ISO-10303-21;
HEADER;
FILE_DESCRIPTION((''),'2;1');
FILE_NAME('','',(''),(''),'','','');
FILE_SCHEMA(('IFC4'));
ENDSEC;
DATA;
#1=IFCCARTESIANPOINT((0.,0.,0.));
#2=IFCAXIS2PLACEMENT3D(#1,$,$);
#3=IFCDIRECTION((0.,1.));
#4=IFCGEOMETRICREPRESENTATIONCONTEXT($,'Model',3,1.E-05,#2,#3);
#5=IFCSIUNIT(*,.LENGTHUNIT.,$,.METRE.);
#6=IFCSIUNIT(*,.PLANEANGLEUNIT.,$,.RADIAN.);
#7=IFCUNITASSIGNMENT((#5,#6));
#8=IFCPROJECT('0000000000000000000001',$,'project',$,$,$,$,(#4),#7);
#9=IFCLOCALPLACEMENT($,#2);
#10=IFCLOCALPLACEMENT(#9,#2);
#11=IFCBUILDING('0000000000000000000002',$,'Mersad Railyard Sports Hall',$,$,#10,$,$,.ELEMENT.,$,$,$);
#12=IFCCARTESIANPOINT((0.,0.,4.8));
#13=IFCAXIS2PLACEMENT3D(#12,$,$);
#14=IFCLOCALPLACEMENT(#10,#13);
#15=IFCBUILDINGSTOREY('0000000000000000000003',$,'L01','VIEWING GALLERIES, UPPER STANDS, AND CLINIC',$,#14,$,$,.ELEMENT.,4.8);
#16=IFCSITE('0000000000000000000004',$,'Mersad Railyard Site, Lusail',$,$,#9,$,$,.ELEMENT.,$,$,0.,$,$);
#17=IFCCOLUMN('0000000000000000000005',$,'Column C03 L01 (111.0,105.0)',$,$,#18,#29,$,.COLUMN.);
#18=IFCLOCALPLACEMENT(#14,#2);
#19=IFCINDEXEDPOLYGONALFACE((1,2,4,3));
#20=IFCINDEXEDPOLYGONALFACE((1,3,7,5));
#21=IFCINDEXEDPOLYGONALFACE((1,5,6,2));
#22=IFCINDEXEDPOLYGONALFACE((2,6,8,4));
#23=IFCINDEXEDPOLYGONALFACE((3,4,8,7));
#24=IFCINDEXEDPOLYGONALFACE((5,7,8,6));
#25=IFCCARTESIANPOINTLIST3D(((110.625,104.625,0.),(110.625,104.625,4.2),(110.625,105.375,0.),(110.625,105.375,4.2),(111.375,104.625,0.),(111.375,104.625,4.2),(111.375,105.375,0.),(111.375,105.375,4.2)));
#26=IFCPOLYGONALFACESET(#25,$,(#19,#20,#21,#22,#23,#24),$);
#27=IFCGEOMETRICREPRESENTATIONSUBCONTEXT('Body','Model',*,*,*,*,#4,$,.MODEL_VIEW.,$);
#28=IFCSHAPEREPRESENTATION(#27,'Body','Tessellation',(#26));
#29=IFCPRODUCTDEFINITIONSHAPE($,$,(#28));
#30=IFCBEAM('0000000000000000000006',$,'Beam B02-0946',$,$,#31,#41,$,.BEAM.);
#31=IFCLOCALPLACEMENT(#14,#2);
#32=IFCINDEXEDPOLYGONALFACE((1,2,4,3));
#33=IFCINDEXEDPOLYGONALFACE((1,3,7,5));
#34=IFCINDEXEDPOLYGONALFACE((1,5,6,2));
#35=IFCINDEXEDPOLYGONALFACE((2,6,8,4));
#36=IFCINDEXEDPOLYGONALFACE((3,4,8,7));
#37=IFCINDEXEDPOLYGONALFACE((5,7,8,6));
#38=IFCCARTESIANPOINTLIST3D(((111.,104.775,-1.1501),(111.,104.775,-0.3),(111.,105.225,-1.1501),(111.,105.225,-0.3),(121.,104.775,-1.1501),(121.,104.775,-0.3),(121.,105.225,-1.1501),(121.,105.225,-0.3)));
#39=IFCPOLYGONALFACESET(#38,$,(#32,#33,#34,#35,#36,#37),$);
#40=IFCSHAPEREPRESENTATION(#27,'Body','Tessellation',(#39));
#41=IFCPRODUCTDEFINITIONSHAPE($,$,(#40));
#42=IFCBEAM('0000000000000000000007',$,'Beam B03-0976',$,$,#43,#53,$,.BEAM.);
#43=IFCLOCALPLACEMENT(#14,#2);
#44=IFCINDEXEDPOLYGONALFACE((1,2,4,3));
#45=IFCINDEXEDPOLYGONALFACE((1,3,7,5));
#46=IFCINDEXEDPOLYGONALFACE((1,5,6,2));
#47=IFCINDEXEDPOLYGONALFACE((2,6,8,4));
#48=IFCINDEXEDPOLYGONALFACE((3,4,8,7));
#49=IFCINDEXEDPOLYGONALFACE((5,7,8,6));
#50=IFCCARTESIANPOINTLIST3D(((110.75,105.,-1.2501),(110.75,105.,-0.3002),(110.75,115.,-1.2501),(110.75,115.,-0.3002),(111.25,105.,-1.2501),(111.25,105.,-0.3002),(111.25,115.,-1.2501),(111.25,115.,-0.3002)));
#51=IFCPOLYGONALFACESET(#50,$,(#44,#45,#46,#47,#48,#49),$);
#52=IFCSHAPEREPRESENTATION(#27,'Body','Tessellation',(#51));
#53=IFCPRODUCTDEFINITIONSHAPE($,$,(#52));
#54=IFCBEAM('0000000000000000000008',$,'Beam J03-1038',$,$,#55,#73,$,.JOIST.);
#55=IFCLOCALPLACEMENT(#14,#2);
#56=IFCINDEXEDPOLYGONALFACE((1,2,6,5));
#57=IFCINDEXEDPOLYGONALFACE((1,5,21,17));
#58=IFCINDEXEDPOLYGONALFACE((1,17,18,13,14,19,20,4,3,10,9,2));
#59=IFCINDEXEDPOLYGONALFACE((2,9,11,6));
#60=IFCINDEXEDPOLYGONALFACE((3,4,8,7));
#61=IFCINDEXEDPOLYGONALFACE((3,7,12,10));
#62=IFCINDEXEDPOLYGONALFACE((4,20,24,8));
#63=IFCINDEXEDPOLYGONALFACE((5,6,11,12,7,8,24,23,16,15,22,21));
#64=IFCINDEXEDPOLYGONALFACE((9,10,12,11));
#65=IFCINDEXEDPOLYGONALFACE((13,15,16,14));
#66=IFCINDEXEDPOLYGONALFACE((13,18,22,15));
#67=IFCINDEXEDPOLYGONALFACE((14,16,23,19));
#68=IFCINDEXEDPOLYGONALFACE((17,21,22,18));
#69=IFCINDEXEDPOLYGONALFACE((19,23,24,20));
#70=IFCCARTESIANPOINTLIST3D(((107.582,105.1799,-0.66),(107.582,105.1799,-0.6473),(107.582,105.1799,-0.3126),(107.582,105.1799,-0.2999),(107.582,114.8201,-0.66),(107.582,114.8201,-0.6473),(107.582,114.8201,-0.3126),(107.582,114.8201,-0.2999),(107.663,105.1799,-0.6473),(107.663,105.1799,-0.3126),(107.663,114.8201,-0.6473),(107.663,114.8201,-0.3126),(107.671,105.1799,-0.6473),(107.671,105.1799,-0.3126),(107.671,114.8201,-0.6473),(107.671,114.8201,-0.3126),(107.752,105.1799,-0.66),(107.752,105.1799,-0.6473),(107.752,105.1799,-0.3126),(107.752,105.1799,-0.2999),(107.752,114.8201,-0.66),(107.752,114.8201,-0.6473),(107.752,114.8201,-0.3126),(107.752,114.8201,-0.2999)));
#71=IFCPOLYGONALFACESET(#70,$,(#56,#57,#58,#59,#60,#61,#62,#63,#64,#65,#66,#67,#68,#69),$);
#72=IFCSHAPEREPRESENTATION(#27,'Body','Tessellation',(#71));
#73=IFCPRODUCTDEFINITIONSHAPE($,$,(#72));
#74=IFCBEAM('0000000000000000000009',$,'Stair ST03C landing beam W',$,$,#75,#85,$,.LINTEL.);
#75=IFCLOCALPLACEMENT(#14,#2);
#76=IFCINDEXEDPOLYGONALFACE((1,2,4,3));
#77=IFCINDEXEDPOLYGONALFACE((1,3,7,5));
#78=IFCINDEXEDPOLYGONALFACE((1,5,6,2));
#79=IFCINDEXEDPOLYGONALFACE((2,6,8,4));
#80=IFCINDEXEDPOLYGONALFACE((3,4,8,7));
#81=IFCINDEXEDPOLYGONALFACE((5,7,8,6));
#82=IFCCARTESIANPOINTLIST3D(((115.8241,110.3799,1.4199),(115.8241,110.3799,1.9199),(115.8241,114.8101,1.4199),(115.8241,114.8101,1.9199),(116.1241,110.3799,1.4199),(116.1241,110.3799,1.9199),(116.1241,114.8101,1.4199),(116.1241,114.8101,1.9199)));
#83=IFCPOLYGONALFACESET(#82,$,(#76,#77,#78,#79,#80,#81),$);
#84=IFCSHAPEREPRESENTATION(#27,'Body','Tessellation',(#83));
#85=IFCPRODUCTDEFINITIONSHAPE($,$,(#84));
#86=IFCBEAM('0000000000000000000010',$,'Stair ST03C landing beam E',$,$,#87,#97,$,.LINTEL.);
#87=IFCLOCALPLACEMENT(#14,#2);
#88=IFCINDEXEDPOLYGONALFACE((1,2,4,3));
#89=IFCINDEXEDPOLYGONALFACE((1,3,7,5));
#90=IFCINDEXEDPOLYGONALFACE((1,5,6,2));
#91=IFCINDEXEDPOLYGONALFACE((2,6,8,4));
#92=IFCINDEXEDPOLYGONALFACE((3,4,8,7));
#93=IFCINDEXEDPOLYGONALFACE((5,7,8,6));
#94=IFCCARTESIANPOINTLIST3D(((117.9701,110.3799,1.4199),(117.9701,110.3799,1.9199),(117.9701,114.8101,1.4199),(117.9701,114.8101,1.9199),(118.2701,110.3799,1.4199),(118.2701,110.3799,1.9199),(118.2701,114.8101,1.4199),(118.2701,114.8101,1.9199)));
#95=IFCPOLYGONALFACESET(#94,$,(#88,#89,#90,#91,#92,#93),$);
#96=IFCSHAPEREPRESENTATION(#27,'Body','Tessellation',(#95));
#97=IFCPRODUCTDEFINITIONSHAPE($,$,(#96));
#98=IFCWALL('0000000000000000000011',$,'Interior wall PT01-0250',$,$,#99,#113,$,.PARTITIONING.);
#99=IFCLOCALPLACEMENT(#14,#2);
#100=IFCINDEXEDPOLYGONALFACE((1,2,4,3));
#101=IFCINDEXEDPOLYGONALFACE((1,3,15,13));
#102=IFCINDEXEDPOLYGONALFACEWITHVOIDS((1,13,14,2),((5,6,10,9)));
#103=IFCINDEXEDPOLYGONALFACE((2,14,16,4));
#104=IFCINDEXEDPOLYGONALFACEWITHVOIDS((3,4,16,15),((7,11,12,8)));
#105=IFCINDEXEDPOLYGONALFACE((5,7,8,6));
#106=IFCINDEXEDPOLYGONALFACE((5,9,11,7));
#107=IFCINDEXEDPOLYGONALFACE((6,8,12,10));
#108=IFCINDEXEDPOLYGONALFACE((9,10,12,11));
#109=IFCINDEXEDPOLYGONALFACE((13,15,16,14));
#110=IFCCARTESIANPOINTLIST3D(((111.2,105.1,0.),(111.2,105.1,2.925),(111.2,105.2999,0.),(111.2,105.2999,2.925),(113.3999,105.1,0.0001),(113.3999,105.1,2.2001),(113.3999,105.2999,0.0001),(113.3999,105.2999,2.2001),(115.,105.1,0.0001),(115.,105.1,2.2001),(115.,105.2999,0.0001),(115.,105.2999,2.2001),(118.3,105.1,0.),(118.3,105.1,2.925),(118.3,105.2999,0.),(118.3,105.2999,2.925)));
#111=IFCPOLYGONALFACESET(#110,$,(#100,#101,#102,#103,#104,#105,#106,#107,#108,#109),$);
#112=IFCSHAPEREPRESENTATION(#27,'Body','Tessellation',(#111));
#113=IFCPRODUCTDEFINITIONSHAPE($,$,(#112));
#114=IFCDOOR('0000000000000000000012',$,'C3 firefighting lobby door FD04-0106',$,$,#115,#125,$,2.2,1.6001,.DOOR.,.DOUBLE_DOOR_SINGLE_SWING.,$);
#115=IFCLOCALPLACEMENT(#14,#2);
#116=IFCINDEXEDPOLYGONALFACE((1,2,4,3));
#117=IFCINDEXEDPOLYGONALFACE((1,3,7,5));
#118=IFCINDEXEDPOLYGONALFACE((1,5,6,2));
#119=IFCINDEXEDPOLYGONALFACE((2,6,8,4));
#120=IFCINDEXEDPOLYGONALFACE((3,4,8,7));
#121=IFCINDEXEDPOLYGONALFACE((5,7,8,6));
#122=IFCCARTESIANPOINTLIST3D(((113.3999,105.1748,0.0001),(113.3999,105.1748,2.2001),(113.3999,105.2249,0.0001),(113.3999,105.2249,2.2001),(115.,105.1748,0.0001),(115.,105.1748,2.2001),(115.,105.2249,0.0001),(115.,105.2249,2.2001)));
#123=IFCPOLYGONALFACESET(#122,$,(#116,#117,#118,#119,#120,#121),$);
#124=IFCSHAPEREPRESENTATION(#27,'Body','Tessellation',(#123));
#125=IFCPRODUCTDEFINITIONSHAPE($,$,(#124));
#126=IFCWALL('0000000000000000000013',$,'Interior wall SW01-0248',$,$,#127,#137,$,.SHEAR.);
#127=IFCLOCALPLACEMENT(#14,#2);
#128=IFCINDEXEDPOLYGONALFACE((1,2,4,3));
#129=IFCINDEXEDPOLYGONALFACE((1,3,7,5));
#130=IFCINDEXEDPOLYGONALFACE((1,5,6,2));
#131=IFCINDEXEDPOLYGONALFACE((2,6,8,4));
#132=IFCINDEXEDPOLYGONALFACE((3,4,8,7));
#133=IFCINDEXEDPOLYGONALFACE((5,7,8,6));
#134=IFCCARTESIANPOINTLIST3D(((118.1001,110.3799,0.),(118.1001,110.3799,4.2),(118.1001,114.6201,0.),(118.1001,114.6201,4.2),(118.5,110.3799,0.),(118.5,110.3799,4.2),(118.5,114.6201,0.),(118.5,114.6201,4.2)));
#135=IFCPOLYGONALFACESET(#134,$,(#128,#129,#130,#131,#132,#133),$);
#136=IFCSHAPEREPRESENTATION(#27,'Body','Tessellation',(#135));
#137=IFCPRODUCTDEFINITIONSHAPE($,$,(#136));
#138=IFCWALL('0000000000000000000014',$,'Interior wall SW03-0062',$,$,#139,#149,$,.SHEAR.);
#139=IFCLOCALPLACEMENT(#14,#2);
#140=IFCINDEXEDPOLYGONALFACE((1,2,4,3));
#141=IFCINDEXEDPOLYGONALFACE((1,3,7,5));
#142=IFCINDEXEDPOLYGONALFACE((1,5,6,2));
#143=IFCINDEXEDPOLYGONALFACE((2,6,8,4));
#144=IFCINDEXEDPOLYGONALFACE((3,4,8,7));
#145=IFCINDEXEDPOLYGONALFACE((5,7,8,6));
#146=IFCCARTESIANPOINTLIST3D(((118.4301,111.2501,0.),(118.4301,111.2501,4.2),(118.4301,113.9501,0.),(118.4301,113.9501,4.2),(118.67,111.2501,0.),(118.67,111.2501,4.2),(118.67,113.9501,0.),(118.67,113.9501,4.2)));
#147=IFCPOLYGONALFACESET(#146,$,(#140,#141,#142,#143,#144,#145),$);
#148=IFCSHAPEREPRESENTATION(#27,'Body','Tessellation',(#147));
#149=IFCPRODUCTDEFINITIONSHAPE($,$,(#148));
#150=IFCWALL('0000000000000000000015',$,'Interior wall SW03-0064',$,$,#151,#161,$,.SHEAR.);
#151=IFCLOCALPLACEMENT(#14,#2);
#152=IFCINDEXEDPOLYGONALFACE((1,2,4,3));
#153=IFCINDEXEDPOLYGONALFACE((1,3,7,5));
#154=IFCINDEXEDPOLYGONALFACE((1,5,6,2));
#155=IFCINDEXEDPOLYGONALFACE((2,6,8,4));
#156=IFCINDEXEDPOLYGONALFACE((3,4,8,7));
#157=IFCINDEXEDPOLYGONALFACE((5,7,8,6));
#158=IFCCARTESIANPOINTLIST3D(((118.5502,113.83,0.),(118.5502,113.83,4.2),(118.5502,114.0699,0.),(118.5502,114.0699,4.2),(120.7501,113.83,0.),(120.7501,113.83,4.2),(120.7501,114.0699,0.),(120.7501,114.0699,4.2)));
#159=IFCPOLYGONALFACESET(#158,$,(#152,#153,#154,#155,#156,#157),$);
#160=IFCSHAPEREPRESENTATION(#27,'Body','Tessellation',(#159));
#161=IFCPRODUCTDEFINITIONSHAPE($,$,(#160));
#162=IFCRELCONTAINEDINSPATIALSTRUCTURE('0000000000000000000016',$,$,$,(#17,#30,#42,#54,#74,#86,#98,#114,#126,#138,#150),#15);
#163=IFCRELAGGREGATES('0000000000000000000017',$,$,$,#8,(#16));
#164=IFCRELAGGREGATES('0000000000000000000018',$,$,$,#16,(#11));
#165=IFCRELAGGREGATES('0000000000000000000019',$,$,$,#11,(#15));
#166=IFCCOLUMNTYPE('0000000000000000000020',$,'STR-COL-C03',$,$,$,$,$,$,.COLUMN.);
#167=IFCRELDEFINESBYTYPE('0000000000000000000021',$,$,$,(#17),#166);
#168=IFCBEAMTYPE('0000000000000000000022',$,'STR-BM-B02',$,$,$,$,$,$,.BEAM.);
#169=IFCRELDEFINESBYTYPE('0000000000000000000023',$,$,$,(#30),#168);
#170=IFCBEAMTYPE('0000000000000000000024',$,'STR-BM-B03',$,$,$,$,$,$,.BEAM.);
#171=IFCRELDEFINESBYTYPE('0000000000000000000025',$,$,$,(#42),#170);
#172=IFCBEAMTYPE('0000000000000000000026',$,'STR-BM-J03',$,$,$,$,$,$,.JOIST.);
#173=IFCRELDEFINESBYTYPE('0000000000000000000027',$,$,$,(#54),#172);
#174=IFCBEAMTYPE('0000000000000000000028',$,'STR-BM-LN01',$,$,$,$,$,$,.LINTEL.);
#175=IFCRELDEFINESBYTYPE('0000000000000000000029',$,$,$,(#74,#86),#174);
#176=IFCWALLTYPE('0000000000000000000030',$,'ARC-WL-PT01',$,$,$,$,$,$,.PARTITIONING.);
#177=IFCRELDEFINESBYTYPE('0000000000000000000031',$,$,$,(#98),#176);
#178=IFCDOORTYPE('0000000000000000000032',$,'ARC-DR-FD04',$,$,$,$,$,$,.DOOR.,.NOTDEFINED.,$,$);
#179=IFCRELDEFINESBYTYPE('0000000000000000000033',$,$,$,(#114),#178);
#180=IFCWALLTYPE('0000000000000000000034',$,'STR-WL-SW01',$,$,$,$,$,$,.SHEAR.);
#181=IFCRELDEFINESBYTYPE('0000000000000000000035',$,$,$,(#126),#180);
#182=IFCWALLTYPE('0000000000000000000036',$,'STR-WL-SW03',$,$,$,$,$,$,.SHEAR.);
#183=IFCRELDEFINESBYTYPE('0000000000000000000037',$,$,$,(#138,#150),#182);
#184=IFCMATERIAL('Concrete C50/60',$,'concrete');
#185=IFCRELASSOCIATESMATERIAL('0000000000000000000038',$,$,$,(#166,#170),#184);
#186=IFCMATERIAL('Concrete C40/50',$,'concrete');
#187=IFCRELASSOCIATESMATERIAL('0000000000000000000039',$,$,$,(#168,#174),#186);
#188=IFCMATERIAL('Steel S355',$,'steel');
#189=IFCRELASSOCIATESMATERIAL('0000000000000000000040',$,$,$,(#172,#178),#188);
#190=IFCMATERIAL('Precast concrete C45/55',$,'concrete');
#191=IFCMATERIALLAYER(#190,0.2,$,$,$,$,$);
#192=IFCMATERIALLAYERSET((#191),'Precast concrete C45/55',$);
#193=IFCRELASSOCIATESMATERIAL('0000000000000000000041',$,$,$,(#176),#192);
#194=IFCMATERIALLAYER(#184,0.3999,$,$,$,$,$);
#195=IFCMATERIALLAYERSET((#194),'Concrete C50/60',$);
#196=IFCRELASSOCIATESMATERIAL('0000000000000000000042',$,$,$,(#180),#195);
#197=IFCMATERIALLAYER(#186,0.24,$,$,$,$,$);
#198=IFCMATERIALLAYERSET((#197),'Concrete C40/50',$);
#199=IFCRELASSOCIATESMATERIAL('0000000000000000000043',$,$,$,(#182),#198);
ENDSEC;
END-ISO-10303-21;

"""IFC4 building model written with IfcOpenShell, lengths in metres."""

from ifc_helpers import new_model, si_unit, direction, frame, frame_2d, origin, origin_2d, place, context, subcontext, project, spatial, rectangle, i_section, extrude, material, layer, layer_set, material_profile, profile_set, type_object, element, fill, save


model = new_model("IFC4")

# Units and contexts
model_context = context("Model", 3, precision=1e-05, world=origin(), true_north=direction((0.0, 1.0)))
body_context = subcontext(model_context, "Body", "Model", "MODEL_VIEW")
ifc_project = project(units=[si_unit("LENGTHUNIT", "METRE"), si_unit("PLANEANGLEUNIT", "RADIAN")], contexts=[model_context])

# Site, building, storey
site_placement = place(None, origin())
site = spatial("IfcSite", under=ifc_project, at=site_placement, Name="Mersad Railyard Site, Lusail", CompositionType="ELEMENT", RefElevation=0.0)
building_placement = place(site_placement, origin())
building = spatial("IfcBuilding", under=site, at=building_placement, Name="Mersad Railyard Sports Hall", CompositionType="ELEMENT")
storey_placement = place(building_placement, frame((0.0, 0.0, 4.8)))
storey = spatial("IfcBuildingStorey", under=building, at=storey_placement, Name="L01", Description="VIEWING GALLERIES, UPPER STANDS, AND CLINIC", CompositionType="ELEMENT", Elevation=4.8)

# Column
ifc_material_1 = material(Name="Concrete C50/60", Category="concrete")
ifc_material_profile_1 = material_profile(ifc_material_1, rectangle(XDim=0.75, YDim=0.75, at=origin_2d()), Name="RC 750x750")
ifc_profile_set_1 = profile_set([ifc_material_profile_1], Name="Concrete C50/60")
column_type = type_object("IfcColumnType", Name="STR-COL-C03", PredefinedType="COLUMN", material=ifc_profile_set_1)
column_placement = place(storey_placement, frame((111.0, 105.0, 0.0), z_axis=(0.0, 0.0, 1.0), x_axis=(1.0, 0.0, 0.0)))
element("IfcColumn", 1, at=column_placement, inside=storey, type_object=column_type, Name="Column C03 L01 (111.0,105.0)", PredefinedType="COLUMN", context=body_context, shape_type="SweptSolid", body=[
    extrude(rectangle(XDim=0.75, YDim=0.75, at=origin_2d()), origin(), (0.0, 0.0, 1.0), 4.2),
])

# Beams
ifc_material_2 = material(Name="Concrete C40/50", Category="concrete")
ifc_material_profile_2 = material_profile(ifc_material_2, rectangle(XDim=0.45, YDim=0.8501, at=origin_2d()), Name="RC 450x850")
ifc_profile_set_2 = profile_set([ifc_material_profile_2], Name="Concrete C40/50")
beam_type_1 = type_object("IfcBeamType", Name="STR-BM-B02", PredefinedType="BEAM", material=ifc_profile_set_2)
beam_1_placement = place(storey_placement, frame((111.0, 105.0, -0.7251), z_axis=(1.0, 0.0, 0.0), x_axis=(0.0, 1.0, 0.0)))
element("IfcBeam", 2, at=beam_1_placement, inside=storey, type_object=beam_type_1, Name="Beam B02-0946", PredefinedType="BEAM", context=body_context, shape_type="SweptSolid", body=[
    extrude(rectangle(XDim=0.45, YDim=0.8501, at=origin_2d()), origin(), (0.0, 0.0, 1.0), 10.0),
])
ifc_material_profile_3 = material_profile(ifc_material_1, rectangle(XDim=0.5, YDim=0.95, at=origin_2d()), Name="RC 500x950")
ifc_profile_set_3 = profile_set([ifc_material_profile_3], Name="Concrete C50/60")
beam_type_2 = type_object("IfcBeamType", Name="STR-BM-B03", PredefinedType="BEAM", material=ifc_profile_set_3)
beam_2_placement = place(storey_placement, frame((111.0, 105.0, -0.7751), z_axis=(0.0, 1.0, 0.0), x_axis=(-1.0, 0.0, 0.0)))
element("IfcBeam", 3, at=beam_2_placement, inside=storey, type_object=beam_type_2, Name="Beam B03-0976", PredefinedType="BEAM", context=body_context, shape_type="SweptSolid", body=[
    extrude(rectangle(XDim=0.5, YDim=0.95, at=origin_2d()), origin(), (0.0, 0.0, 1.0), 10.0),
])
ifc_material_3 = material(Name="Steel S355", Category="steel")
ifc_material_profile_4 = material_profile(ifc_material_3, i_section(OverallWidth=0.1699, OverallDepth=0.3601, WebThickness=0.0081, FlangeThickness=0.0127, at=origin_2d()), Name="IPE 360")
ifc_profile_set_4 = profile_set([ifc_material_profile_4], Name="Steel S355")
beam_type_3 = type_object("IfcBeamType", Name="STR-BM-J03", PredefinedType="JOIST", material=ifc_profile_set_4)
beam_3_placement = place(storey_placement, frame((107.667, 105.1799, -0.48), z_axis=(0.0, 1.0, 0.0), x_axis=(-1.0, 0.0, 0.0)))
element("IfcBeam", 4, at=beam_3_placement, inside=storey, type_object=beam_type_3, Name="Beam J03-1038", PredefinedType="JOIST", context=body_context, shape_type="SweptSolid", body=[
    extrude(i_section(OverallWidth=0.1699, OverallDepth=0.3601, WebThickness=0.0081, FlangeThickness=0.0127, at=origin_2d()), origin(), (0.0, 0.0, 1.0), 9.6401),
])
ifc_material_profile_5 = material_profile(ifc_material_2, rectangle(XDim=0.3, YDim=0.5, at=origin_2d()), Name="RC 300x500")
ifc_profile_set_5 = profile_set([ifc_material_profile_5], Name="Concrete C40/50")
beam_type_4 = type_object("IfcBeamType", Name="STR-BM-LN01", PredefinedType="LINTEL", material=ifc_profile_set_5)
for number, where, z_axis, x_axis, name in (
    (5, (115.9741, 110.3799, 1.6699), (0.0, 1.0, 0.0), (-1.0, 0.0, 0.0), "Stair ST03C landing beam W"),
    (6, (118.1201, 110.3799, 1.6699), (0.0, 1.0, 0.0), (-1.0, 0.0, 0.0), "Stair ST03C landing beam E"),
):
    element("IfcBeam", number, at=place(storey_placement, frame(where, z_axis=z_axis, x_axis=x_axis)), inside=storey, type_object=beam_type_4, Name=name, PredefinedType="LINTEL", context=body_context, shape_type="SweptSolid", body=[
        extrude(rectangle(XDim=0.3, YDim=0.5, at=origin_2d()), origin(), (0.0, 0.0, 1.0), 4.4302),
    ])

# Wall, opening, door
ifc_material_4 = material(Name="Precast concrete C45/55", Category="concrete")
ifc_layer_1 = layer(ifc_material_4, 0.2)
ifc_layer_set_1 = layer_set([ifc_layer_1], Name="Precast concrete C45/55")
wall_type_1 = type_object("IfcWallType", Name="ARC-WL-PT01", PredefinedType="PARTITIONING", material=ifc_layer_set_1)
wall_1_placement = place(storey_placement, frame((111.2, 105.2, 0.0), z_axis=(0.0, 0.0, 1.0), x_axis=(1.0, 0.0, 0.0)))
wall_1 = element("IfcWall", 7, at=wall_1_placement, inside=storey, type_object=wall_type_1, Name="Interior wall PT01-0250", PredefinedType="PARTITIONING", context=body_context, shape_type="SweptSolid", body=[
    extrude(rectangle(XDim=7.1001, YDim=0.2, at=frame_2d((3.55, 0.0))), origin(), (0.0, 0.0, 1.0), 2.925),
])
opening_1_placement = place(wall_1_placement, frame((2.2, 0.0, 0.0)))
opening_1 = element("IfcOpeningElement", 8, at=opening_1_placement, cuts=wall_1, PredefinedType="OPENING", context=body_context, shape_type="SweptSolid", body=[
    extrude(rectangle(XDim=1.6001, YDim=2.2, at=frame_2d((0.8, 1.1001))), frame((0.0, 0.1099, 0.0), z_axis=(0.0, -1.0, 0.0), x_axis=(1.0, 0.0, 0.0)), (0.0, 0.0, 1.0), 0.22),
])
door_type_1 = type_object("IfcDoorType", Name="ARC-DR-FD04", OperationType="NOTDEFINED", PredefinedType="DOOR", material=ifc_material_3)
door_1_placement = place(opening_1_placement, origin())
door_1 = element("IfcDoor", 9, at=door_1_placement, inside=storey, type_object=door_type_1, Name="C3 firefighting lobby door FD04-0106", OperationType="DOUBLE_DOOR_SINGLE_SWING", OverallHeight=2.2, OverallWidth=1.6001, PredefinedType="DOOR", context=body_context, shape_type="SweptSolid", body=[
    extrude(rectangle(XDim=1.6001, YDim=2.2, at=frame_2d((0.8, 1.1001))), frame((0.0, 0.0249, 0.0), z_axis=(0.0, -1.0, 0.0), x_axis=(1.0, 0.0, 0.0)), (0.0, 0.0, 1.0), 0.05),
])
fill(opening_1, door_1)
ifc_layer_2 = layer(ifc_material_1, 0.3999)
ifc_layer_set_2 = layer_set([ifc_layer_2], Name="Concrete C50/60")
wall_type_2 = type_object("IfcWallType", Name="STR-WL-SW01", PredefinedType="SHEAR", material=ifc_layer_set_2)

# Walls
wall_2_placement = place(storey_placement, frame((118.3, 110.3799, 0.0), z_axis=(0.0, 0.0, 1.0), x_axis=(0.0, 1.0, 0.0)))
element("IfcWall", 10, at=wall_2_placement, inside=storey, type_object=wall_type_2, Name="Interior wall SW01-0248", PredefinedType="SHEAR", context=body_context, shape_type="SweptSolid", body=[
    extrude(rectangle(XDim=4.2402, YDim=0.3999, at=frame_2d((2.1201, 0.0))), origin(), (0.0, 0.0, 1.0), 4.2),
])
ifc_layer_3 = layer(ifc_material_2, 0.24)
ifc_layer_set_3 = layer_set([ifc_layer_3], Name="Concrete C40/50")
wall_type_3 = type_object("IfcWallType", Name="STR-WL-SW03", PredefinedType="SHEAR", material=ifc_layer_set_3)
wall_3_placement = place(storey_placement, frame((118.55, 111.25, 0.0), z_axis=(0.0, 0.0, 1.0), x_axis=(0.0, 1.0, 0.0)))
element("IfcWall", 11, at=wall_3_placement, inside=storey, type_object=wall_type_3, Name="Interior wall SW03-0062", PredefinedType="SHEAR", context=body_context, shape_type="SweptSolid", body=[
    extrude(rectangle(XDim=2.7, YDim=0.24, at=frame_2d((1.3501, 0.0))), origin(), (0.0, 0.0, 1.0), 4.2),
])
wall_4_placement = place(storey_placement, frame((118.55, 113.95, 0.0), z_axis=(0.0, 0.0, 1.0), x_axis=(1.0, 0.0, 0.0)))
element("IfcWall", 12, at=wall_4_placement, inside=storey, type_object=wall_type_3, Name="Interior wall SW03-0064", PredefinedType="SHEAR", context=body_context, shape_type="SweptSolid", body=[
    extrude(rectangle(XDim=2.2, YDim=0.24, at=frame_2d((1.1001, 0.0))), origin(), (0.0, 0.0, 1.0), 4.2),
])

save(model, "model.ifc")
